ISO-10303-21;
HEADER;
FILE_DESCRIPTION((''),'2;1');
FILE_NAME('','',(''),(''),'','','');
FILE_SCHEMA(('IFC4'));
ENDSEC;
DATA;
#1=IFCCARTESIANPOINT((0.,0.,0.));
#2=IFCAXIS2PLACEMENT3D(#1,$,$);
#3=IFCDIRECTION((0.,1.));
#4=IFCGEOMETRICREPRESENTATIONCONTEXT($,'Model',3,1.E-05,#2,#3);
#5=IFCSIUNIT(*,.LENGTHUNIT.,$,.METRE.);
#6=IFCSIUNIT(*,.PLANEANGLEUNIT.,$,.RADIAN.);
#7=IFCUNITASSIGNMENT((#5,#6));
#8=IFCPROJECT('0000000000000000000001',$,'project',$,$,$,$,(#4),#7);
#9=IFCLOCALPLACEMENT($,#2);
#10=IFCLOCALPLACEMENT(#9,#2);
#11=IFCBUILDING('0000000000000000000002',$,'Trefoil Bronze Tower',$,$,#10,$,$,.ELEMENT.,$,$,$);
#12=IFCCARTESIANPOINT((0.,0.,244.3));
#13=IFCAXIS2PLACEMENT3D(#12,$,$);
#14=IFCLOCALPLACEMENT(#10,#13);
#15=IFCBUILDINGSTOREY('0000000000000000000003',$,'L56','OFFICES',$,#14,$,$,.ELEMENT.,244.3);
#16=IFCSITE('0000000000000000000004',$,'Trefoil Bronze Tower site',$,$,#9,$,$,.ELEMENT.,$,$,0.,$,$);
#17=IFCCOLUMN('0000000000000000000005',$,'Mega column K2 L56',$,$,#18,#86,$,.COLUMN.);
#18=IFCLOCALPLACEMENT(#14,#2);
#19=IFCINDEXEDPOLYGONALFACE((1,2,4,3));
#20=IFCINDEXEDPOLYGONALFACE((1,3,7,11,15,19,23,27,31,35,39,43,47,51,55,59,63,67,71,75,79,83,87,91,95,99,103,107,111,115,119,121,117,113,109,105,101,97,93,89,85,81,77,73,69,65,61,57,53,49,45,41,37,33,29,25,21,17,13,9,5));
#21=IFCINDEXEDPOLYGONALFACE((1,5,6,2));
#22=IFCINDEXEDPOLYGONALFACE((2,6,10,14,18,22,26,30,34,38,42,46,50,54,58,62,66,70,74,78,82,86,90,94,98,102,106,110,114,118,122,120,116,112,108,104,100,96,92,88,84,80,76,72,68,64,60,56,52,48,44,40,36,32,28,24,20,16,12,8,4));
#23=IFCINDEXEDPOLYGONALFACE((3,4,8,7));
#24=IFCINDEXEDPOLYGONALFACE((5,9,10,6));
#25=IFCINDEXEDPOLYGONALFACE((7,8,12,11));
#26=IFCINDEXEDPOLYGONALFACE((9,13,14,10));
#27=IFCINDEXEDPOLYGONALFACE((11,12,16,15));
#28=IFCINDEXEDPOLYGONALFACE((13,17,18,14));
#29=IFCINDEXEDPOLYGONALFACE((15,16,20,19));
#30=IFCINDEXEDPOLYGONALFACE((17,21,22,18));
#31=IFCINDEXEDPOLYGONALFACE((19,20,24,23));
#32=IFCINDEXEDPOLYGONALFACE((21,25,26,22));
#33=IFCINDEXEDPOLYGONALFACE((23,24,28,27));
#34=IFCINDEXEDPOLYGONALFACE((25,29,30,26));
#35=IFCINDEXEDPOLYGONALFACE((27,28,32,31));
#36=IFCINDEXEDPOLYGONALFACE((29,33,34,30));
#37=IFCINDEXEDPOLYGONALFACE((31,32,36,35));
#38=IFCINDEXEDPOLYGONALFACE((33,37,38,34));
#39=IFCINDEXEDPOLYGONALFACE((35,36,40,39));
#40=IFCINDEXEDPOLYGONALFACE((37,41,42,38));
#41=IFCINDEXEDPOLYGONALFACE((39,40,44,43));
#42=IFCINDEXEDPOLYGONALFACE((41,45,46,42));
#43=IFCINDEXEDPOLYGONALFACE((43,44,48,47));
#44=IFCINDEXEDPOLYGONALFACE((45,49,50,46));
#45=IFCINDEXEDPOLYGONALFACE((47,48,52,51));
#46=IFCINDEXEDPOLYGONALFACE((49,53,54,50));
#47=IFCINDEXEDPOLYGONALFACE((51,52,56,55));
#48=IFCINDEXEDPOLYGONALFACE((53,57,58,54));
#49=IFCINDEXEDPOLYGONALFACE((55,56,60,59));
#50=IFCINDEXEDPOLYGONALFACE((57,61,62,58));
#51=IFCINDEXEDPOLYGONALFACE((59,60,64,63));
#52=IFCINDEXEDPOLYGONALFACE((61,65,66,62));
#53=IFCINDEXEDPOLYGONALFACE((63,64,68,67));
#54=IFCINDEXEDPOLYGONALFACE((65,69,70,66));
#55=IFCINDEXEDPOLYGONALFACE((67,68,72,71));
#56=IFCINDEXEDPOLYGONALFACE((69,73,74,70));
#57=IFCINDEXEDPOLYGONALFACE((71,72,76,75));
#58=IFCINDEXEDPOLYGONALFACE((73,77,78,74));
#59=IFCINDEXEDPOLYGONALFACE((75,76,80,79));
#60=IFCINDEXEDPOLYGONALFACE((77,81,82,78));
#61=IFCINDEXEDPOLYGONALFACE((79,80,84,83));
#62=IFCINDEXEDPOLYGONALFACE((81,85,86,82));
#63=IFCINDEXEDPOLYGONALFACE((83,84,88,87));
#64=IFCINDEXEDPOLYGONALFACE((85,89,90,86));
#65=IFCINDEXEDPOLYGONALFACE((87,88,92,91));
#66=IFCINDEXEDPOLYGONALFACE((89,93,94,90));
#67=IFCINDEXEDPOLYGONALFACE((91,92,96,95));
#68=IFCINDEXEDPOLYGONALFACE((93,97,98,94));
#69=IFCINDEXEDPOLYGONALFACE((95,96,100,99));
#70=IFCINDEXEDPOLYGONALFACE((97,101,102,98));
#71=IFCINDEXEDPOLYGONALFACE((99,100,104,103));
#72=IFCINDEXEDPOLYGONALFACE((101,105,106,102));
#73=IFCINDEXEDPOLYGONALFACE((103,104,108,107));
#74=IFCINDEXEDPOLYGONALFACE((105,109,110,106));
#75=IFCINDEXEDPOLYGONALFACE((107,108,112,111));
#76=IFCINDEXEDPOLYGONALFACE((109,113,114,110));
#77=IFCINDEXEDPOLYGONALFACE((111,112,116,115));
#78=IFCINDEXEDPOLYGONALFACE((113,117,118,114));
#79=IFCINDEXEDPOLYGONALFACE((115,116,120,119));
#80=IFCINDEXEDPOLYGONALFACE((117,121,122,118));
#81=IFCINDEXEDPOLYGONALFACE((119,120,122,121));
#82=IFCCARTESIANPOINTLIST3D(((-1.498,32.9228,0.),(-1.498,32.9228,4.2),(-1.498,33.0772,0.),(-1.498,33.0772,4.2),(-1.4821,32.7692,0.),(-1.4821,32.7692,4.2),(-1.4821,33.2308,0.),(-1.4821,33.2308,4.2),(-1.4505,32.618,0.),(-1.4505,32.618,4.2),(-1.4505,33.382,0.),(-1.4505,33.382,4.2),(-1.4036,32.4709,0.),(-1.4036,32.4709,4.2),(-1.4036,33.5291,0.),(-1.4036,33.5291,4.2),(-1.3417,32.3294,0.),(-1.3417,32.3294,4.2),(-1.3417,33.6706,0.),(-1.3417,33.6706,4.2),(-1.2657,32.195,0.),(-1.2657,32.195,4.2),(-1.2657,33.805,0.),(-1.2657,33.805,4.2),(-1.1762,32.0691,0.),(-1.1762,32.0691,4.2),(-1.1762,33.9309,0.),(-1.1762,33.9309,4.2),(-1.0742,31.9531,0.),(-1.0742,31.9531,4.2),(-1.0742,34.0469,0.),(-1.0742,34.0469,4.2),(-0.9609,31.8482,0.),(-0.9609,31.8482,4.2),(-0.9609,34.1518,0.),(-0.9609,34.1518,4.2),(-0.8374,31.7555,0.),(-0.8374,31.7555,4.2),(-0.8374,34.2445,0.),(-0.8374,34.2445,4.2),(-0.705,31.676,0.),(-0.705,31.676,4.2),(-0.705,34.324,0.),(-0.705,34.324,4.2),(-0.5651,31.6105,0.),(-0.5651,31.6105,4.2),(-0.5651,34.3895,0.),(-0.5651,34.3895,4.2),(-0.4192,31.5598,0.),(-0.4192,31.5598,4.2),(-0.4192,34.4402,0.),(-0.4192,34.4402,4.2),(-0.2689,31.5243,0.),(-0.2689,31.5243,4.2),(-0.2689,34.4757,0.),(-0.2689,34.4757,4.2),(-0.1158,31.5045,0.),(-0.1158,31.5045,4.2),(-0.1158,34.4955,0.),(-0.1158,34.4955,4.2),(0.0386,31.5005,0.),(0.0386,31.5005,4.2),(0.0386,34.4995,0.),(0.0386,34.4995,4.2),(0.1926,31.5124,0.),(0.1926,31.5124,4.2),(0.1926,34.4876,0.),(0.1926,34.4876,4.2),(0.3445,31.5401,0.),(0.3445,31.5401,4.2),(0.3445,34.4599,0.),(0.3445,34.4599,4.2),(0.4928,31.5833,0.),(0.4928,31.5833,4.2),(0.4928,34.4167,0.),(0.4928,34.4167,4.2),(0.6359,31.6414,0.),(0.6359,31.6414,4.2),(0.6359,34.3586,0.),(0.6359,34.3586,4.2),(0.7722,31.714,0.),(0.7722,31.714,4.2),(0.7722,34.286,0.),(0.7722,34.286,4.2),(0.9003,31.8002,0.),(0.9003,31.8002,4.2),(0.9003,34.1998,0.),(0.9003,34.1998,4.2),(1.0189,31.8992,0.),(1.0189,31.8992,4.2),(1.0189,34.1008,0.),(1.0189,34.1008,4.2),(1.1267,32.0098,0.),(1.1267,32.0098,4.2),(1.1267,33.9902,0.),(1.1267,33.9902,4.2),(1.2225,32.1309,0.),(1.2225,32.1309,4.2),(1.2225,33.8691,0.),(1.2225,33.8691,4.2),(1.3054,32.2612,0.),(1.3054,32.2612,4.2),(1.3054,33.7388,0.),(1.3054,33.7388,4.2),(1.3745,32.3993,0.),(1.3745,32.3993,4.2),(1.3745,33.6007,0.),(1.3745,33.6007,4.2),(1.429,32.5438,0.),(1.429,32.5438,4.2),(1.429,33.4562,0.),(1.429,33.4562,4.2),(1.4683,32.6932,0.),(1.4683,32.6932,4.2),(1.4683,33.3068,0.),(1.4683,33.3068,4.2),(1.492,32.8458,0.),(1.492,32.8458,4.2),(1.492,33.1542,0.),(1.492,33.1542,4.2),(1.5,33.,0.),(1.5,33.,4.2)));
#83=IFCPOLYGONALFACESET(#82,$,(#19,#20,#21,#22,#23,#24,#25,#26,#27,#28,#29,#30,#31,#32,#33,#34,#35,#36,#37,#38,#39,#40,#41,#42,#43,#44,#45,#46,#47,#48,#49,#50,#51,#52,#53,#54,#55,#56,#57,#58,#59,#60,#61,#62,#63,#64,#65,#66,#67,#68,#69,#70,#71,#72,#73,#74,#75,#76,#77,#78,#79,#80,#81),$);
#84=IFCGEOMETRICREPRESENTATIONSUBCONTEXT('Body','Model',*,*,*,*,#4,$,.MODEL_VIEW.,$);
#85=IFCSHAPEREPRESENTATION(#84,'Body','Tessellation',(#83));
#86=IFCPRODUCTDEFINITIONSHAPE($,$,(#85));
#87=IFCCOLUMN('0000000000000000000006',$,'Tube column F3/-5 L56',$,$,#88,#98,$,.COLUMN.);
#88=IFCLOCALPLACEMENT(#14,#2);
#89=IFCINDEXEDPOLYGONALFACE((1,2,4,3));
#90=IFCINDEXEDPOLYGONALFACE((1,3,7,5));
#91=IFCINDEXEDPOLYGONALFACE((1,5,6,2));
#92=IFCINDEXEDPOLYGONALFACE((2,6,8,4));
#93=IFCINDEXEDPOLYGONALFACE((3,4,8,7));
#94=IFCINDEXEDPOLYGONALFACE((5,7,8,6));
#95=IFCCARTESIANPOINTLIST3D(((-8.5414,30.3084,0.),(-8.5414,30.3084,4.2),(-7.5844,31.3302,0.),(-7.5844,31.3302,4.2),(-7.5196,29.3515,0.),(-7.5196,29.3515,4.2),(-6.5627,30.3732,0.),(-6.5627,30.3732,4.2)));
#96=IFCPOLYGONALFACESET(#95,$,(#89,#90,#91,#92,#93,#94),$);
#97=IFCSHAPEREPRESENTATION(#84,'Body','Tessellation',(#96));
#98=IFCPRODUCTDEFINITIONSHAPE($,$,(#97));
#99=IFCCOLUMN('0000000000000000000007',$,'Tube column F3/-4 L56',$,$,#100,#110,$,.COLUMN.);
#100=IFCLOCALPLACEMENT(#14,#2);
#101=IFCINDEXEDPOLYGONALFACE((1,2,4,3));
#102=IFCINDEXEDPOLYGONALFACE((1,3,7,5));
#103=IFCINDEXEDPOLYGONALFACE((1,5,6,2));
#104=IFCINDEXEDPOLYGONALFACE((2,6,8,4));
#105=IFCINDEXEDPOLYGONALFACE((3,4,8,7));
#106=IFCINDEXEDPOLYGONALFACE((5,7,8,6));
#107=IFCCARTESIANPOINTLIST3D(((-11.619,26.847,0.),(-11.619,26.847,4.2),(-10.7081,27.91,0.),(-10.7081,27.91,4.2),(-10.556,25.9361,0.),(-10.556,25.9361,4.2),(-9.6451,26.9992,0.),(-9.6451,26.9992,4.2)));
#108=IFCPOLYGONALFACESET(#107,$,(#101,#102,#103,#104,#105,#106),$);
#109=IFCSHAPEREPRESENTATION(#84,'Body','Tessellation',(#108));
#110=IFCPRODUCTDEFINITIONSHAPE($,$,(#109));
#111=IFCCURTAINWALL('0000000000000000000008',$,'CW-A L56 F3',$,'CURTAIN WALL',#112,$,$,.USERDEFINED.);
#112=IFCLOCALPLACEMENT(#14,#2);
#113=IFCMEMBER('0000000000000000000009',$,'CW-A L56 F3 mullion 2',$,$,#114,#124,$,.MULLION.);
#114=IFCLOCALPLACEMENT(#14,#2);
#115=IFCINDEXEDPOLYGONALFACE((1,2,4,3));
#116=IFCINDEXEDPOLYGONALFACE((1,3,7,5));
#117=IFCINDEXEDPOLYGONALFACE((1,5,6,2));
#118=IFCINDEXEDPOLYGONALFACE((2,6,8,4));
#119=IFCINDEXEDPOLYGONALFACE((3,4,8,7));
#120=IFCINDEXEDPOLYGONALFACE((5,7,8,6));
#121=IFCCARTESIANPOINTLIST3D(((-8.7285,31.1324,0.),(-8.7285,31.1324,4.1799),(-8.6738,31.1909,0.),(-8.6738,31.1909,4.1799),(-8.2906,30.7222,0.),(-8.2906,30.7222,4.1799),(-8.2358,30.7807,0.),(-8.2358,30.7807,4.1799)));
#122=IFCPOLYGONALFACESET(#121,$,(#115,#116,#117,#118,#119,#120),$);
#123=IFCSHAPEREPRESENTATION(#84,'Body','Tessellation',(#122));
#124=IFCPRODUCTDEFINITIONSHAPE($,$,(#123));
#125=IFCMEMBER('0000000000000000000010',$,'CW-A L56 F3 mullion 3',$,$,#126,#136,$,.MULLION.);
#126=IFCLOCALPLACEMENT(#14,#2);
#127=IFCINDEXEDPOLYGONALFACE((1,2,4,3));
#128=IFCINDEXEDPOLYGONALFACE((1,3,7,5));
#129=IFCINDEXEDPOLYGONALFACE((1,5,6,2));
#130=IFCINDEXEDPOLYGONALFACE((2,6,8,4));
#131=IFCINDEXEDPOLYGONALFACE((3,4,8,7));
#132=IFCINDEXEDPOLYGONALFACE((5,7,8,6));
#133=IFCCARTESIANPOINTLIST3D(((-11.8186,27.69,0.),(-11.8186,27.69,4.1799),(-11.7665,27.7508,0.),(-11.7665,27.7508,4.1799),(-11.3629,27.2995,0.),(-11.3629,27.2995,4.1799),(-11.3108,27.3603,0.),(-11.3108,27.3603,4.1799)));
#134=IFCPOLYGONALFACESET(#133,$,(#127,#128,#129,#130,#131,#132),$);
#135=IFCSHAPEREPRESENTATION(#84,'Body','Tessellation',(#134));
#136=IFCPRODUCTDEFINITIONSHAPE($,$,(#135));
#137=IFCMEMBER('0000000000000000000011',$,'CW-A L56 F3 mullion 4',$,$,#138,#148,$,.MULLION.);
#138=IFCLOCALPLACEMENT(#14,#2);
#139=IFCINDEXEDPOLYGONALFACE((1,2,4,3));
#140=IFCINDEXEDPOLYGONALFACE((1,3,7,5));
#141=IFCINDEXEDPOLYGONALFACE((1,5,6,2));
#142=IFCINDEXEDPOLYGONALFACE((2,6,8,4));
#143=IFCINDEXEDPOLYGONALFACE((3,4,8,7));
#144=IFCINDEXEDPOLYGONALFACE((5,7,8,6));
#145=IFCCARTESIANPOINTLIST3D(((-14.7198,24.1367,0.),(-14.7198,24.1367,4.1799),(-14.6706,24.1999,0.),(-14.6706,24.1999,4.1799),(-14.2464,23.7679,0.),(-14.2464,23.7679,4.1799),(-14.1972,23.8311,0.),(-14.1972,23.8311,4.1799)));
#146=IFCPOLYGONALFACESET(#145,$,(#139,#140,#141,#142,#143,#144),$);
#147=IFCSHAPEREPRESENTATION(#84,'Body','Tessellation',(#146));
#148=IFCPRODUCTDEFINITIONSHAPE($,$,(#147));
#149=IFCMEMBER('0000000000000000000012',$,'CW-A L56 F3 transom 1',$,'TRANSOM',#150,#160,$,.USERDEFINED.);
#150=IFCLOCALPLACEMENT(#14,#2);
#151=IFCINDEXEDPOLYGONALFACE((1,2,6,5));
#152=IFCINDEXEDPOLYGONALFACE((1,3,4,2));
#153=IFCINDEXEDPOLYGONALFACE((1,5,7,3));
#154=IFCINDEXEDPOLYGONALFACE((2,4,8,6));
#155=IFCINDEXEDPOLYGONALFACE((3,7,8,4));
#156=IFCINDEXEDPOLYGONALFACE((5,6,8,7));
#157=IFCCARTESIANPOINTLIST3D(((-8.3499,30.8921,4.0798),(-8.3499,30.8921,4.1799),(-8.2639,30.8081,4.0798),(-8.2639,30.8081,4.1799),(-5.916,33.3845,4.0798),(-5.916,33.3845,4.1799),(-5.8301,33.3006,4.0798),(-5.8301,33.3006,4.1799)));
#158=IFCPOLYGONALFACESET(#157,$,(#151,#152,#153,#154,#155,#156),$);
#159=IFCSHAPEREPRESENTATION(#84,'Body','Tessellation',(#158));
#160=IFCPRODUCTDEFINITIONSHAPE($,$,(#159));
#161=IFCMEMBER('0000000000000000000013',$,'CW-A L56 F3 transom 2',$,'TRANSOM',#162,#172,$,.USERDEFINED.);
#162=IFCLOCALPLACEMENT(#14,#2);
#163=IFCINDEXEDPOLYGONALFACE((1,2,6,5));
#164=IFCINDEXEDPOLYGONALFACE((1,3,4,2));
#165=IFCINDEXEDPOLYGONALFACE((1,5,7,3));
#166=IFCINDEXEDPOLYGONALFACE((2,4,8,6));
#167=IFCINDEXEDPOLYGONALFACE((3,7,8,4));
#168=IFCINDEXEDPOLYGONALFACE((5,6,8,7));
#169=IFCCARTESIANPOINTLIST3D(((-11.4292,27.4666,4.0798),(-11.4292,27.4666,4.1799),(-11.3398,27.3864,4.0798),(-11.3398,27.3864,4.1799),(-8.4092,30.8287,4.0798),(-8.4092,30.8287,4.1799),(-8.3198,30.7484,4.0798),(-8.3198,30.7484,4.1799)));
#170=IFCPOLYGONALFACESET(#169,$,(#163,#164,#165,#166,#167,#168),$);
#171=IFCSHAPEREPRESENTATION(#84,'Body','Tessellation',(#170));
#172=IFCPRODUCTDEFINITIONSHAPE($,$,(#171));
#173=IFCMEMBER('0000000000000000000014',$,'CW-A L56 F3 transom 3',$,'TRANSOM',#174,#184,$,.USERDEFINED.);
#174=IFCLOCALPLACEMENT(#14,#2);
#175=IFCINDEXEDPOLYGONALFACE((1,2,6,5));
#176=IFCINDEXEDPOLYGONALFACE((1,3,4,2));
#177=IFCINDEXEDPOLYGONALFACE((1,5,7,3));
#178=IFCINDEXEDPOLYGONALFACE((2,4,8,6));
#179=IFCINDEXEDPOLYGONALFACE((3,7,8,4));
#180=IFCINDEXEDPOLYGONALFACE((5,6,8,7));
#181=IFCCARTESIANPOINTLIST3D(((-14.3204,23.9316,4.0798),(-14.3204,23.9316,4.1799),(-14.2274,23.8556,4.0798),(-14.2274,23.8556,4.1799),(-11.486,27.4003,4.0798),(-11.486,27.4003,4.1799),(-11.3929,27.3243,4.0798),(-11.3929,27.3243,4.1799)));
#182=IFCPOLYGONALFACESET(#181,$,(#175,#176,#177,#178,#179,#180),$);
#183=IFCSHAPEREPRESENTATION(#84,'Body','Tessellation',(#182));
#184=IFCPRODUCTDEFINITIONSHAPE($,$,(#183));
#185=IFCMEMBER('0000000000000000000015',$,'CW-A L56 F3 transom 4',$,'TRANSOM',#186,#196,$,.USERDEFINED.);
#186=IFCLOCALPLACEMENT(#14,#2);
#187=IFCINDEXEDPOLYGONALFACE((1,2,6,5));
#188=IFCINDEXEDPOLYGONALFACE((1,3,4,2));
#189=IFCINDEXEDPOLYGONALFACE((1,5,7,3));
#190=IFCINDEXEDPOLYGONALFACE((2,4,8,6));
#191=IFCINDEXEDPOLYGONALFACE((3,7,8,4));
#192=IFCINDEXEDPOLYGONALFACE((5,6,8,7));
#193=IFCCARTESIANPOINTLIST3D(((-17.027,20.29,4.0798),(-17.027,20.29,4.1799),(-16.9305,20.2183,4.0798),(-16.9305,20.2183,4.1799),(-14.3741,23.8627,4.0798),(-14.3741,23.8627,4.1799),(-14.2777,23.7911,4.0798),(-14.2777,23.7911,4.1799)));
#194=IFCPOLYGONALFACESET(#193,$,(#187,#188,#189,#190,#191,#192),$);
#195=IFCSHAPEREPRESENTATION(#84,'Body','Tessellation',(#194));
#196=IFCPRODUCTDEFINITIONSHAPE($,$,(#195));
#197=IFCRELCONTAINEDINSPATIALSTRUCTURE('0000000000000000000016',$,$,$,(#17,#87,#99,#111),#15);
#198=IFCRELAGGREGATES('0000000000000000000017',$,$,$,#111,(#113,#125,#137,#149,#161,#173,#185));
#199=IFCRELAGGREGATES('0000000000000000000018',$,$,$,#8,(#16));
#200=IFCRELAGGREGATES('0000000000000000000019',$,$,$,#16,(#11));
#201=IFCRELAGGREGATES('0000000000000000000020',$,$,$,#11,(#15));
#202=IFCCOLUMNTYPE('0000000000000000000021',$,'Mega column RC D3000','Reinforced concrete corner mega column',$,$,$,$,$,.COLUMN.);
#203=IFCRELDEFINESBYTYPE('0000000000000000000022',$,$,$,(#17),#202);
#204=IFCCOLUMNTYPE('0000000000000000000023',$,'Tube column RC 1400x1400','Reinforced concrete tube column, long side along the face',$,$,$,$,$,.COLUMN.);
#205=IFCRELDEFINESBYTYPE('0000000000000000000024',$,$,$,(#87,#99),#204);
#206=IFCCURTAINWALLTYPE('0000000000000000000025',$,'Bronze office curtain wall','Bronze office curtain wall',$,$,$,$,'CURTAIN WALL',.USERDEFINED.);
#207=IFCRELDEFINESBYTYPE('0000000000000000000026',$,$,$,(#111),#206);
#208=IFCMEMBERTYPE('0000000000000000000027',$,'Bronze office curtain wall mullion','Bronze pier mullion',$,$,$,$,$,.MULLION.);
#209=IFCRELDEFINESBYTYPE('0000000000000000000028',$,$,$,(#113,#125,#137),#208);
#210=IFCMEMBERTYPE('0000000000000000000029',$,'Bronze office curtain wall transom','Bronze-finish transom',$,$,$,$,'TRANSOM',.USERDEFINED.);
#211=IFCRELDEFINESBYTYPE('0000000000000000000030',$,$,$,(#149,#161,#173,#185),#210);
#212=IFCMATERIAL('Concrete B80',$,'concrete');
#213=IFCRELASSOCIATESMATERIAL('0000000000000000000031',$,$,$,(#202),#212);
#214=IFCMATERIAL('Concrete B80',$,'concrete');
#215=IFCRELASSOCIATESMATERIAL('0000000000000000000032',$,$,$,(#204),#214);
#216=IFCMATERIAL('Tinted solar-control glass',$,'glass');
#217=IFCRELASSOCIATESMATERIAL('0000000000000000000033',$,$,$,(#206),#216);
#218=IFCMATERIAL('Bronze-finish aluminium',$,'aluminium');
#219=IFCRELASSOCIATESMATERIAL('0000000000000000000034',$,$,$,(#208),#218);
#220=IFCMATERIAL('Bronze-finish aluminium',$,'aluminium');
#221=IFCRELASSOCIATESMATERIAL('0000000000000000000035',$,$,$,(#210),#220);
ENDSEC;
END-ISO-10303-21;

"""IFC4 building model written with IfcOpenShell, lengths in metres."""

from ifc_helpers import new_model, si_unit, direction, frame, origin, origin_2d, place, context, subcontext, project, spatial, rectangle, circle, extrude, material, material_profile, profile_set, type_object, element, aggregate, save


model = new_model("IFC4")

# Units and contexts
model_context = context("Model", 3, precision=1e-05, world=origin(), true_north=direction((0.0, 1.0)))
body_context = subcontext(model_context, "Body", "Model", "MODEL_VIEW")
ifc_project = project(units=[si_unit("LENGTHUNIT", "METRE"), si_unit("PLANEANGLEUNIT", "RADIAN")], contexts=[model_context])

# Site, building, storey
site_placement = place(None, origin())
site = spatial("IfcSite", under=ifc_project, at=site_placement, Name="Trefoil Bronze Tower site", CompositionType="ELEMENT", RefElevation=0.0)
building_placement = place(site_placement, origin())
building = spatial("IfcBuilding", under=site, at=building_placement, Name="Trefoil Bronze Tower", CompositionType="ELEMENT")
storey_placement = place(building_placement, frame((0.0, 0.0, 244.3)))
storey = spatial("IfcBuildingStorey", under=building, at=storey_placement, Name="L56", Description="OFFICES", CompositionType="ELEMENT", Elevation=244.3)

# Columns
ifc_material_1 = material(Name="Concrete B80", Category="concrete")
ifc_material_profile_1 = material_profile(ifc_material_1, circle(Radius=1.5, at=origin_2d()), Name="RC D3000")
ifc_profile_set_1 = profile_set([ifc_material_profile_1], Name="Concrete B80")
column_type_1 = type_object("IfcColumnType", Name="Mega column RC D3000", Description="Reinforced concrete corner mega column", PredefinedType="COLUMN", material=ifc_profile_set_1)
column_placement = place(storey_placement, frame((0.0, 33.0, 0.0), z_axis=(0.0, 0.0, 1.0), x_axis=(1.0, 0.0, 0.0)))
element("IfcColumn", 1, at=column_placement, inside=storey, type_object=column_type_1, Name="Mega column K2 L56", PredefinedType="COLUMN", context=body_context, shape_type="SweptSolid", body=[
    extrude(circle(Radius=1.5, at=origin_2d()), origin(), (0.0, 0.0, 1.0), 4.2),
])
ifc_material_2 = material(Name="Concrete B80", Category="concrete")
ifc_material_profile_2 = material_profile(ifc_material_2, rectangle(XDim=1.3999, YDim=1.3999, at=origin_2d()), Name="RC 1400x1400")
ifc_profile_set_2 = profile_set([ifc_material_profile_2], Name="Concrete B80")
column_type_2 = type_object("IfcColumnType", Name="Tube column RC 1400x1400", Description="Reinforced concrete tube column, long side along the face", PredefinedType="COLUMN", material=ifc_profile_set_2)
for number, where, z_axis, x_axis, name in (
    (2, (-7.552, 30.3408, 0.0), (0.0, 0.0, 1.0), (-0.683597, -0.72986, 0.0), "Tube column F3/-5 L56"),
    (3, (-10.6321, 26.9231, 0.0), (0.0, 0.0, 1.0), (-0.650677, -0.759355, 0.0), "Tube column F3/-4 L56"),
):
    element("IfcColumn", number, at=place(storey_placement, frame(where, z_axis=z_axis, x_axis=x_axis)), inside=storey, type_object=column_type_2, Name=name, PredefinedType="COLUMN", context=body_context, shape_type="SweptSolid", body=[
        extrude(rectangle(XDim=1.3999, YDim=1.3999, at=origin_2d()), origin(), (0.0, 0.0, 1.0), 4.2),
    ])

# Curtain wall, members
ifc_material_3 = material(Name="Tinted solar-control glass", Category="glass")
curtain_wall_type_1 = type_object("IfcCurtainWallType", Name="Bronze office curtain wall", Description="Bronze office curtain wall", ElementType="CURTAIN WALL", PredefinedType="USERDEFINED", material=ifc_material_3)
curtain_wall_1_placement = place(storey_placement, origin())
curtain_wall_1 = element("IfcCurtainWall", 4, at=curtain_wall_1_placement, inside=storey, type_object=curtain_wall_type_1, Name="CW-A L56 F3", ObjectType="CURTAIN WALL", PredefinedType="USERDEFINED")
ifc_material_4 = material(Name="Bronze-finish aluminium", Category="aluminium")
ifc_material_profile_3 = material_profile(ifc_material_4, rectangle(XDim=0.6001, YDim=0.0801, at=origin_2d()), Name="CW-A mullion")
ifc_profile_set_3 = profile_set([ifc_material_profile_3], Name="Bronze-finish aluminium")
member_type_1 = type_object("IfcMemberType", Name="Bronze office curtain wall mullion", Description="Bronze pier mullion", PredefinedType="MULLION", material=ifc_profile_set_3)
member_1_placement = place(storey_placement, frame((-8.4822, 30.9565, 0.0), z_axis=(0.0, 0.0, 1.0), x_axis=(0.72986, -0.683597, 0.0)))
member_1 = element("IfcMember", 5, at=member_1_placement, type_object=member_type_1, Name="CW-A L56 F3 mullion 2", PredefinedType="MULLION", context=body_context, shape_type="SweptSolid", body=[
    extrude(rectangle(XDim=0.6001, YDim=0.0801, at=origin_2d()), origin(), (0.0, 0.0, 1.0), 4.1799),
])
member_2_placement = place(storey_placement, frame((-11.5647, 27.5251, 0.0), z_axis=(0.0, 0.0, 1.0), x_axis=(0.759355, -0.650677, 0.0)))
member_2 = element("IfcMember", 6, at=member_2_placement, type_object=member_type_1, Name="CW-A L56 F3 mullion 3", PredefinedType="MULLION", context=body_context, shape_type="SweptSolid", body=[
    extrude(rectangle(XDim=0.6001, YDim=0.0801, at=origin_2d()), origin(), (0.0, 0.0, 1.0), 4.1799),
])
member_3_placement = place(storey_placement, frame((-14.4585, 23.9839, 0.0), z_axis=(0.0, 0.0, 1.0), x_axis=(0.788821, -0.614622, 0.0)))
member_3 = element("IfcMember", 7, at=member_3_placement, type_object=member_type_1, Name="CW-A L56 F3 mullion 4", PredefinedType="MULLION", context=body_context, shape_type="SweptSolid", body=[
    extrude(rectangle(XDim=0.6001, YDim=0.0801, at=origin_2d()), origin(), (0.0, 0.0, 1.0), 4.1799),
])
ifc_material_5 = material(Name="Bronze-finish aluminium", Category="aluminium")
ifc_material_profile_4 = material_profile(ifc_material_5, rectangle(XDim=0.1201, YDim=0.1001, at=origin_2d()), Name="CW-A transom")
ifc_profile_set_4 = profile_set([ifc_material_profile_4], Name="Bronze-finish aluminium")
member_type_2 = type_object("IfcMemberType", Name="Bronze office curtain wall transom", Description="Bronze-finish transom", ElementType="TRANSOM", PredefinedType="USERDEFINED", material=ifc_profile_set_4)
member_4_placement = place(storey_placement, frame((-5.873, 33.3425, 4.1299), z_axis=(-0.698647, -0.715467, 0.0), x_axis=(0.715467, -0.698647, 0.0)))
member_4 = element("IfcMember", 8, at=member_4_placement, type_object=member_type_2, Name="CW-A L56 F3 transom 1", ObjectType="TRANSOM", PredefinedType="USERDEFINED", context=body_context, shape_type="SweptSolid", body=[
    extrude(rectangle(XDim=0.1201, YDim=0.1001, at=origin_2d()), origin(), (0.0, 0.0, 1.0), 3.4836),
])
member_5_placement = place(storey_placement, frame((-8.3645, 30.7886, 4.1299), z_axis=(-0.668251, -0.743936, 0.0), x_axis=(0.743936, -0.668251, 0.0)))
member_5 = element("IfcMember", 9, at=member_5_placement, type_object=member_type_2, Name="CW-A L56 F3 transom 2", ObjectType="TRANSOM", PredefinedType="USERDEFINED", context=body_context, shape_type="SweptSolid", body=[
    extrude(rectangle(XDim=0.1201, YDim=0.1001, at=origin_2d()), origin(), (0.0, 0.0, 1.0), 4.5193),
])
member_6_placement = place(storey_placement, frame((-11.4395, 27.3623, 4.1299), z_axis=(-0.632757, -0.774351, 0.0), x_axis=(0.774351, -0.632757, 0.0)))
member_6 = element("IfcMember", 10, at=member_6_placement, type_object=member_type_2, Name="CW-A L56 F3 transom 3", ObjectType="TRANSOM", PredefinedType="USERDEFINED", context=body_context, shape_type="SweptSolid", body=[
    extrude(rectangle(XDim=0.1201, YDim=0.1001, at=origin_2d()), origin(), (0.0, 0.0, 1.0), 4.4795),
])
member_7_placement = place(storey_placement, frame((-14.3259, 23.8269, 4.1299), z_axis=(-0.596148, -0.802874, 0.0), x_axis=(0.802874, -0.596148, 0.0)))
member_7 = element("IfcMember", 11, at=member_7_placement, type_object=member_type_2, Name="CW-A L56 F3 transom 4", ObjectType="TRANSOM", PredefinedType="USERDEFINED", context=body_context, shape_type="SweptSolid", body=[
    extrude(rectangle(XDim=0.1201, YDim=0.1001, at=origin_2d()), origin(), (0.0, 0.0, 1.0), 4.45),
])

aggregate(curtain_wall_1, [member_1, member_2, member_3, member_4, member_5, member_6, member_7])

save(model, "model.ifc")
